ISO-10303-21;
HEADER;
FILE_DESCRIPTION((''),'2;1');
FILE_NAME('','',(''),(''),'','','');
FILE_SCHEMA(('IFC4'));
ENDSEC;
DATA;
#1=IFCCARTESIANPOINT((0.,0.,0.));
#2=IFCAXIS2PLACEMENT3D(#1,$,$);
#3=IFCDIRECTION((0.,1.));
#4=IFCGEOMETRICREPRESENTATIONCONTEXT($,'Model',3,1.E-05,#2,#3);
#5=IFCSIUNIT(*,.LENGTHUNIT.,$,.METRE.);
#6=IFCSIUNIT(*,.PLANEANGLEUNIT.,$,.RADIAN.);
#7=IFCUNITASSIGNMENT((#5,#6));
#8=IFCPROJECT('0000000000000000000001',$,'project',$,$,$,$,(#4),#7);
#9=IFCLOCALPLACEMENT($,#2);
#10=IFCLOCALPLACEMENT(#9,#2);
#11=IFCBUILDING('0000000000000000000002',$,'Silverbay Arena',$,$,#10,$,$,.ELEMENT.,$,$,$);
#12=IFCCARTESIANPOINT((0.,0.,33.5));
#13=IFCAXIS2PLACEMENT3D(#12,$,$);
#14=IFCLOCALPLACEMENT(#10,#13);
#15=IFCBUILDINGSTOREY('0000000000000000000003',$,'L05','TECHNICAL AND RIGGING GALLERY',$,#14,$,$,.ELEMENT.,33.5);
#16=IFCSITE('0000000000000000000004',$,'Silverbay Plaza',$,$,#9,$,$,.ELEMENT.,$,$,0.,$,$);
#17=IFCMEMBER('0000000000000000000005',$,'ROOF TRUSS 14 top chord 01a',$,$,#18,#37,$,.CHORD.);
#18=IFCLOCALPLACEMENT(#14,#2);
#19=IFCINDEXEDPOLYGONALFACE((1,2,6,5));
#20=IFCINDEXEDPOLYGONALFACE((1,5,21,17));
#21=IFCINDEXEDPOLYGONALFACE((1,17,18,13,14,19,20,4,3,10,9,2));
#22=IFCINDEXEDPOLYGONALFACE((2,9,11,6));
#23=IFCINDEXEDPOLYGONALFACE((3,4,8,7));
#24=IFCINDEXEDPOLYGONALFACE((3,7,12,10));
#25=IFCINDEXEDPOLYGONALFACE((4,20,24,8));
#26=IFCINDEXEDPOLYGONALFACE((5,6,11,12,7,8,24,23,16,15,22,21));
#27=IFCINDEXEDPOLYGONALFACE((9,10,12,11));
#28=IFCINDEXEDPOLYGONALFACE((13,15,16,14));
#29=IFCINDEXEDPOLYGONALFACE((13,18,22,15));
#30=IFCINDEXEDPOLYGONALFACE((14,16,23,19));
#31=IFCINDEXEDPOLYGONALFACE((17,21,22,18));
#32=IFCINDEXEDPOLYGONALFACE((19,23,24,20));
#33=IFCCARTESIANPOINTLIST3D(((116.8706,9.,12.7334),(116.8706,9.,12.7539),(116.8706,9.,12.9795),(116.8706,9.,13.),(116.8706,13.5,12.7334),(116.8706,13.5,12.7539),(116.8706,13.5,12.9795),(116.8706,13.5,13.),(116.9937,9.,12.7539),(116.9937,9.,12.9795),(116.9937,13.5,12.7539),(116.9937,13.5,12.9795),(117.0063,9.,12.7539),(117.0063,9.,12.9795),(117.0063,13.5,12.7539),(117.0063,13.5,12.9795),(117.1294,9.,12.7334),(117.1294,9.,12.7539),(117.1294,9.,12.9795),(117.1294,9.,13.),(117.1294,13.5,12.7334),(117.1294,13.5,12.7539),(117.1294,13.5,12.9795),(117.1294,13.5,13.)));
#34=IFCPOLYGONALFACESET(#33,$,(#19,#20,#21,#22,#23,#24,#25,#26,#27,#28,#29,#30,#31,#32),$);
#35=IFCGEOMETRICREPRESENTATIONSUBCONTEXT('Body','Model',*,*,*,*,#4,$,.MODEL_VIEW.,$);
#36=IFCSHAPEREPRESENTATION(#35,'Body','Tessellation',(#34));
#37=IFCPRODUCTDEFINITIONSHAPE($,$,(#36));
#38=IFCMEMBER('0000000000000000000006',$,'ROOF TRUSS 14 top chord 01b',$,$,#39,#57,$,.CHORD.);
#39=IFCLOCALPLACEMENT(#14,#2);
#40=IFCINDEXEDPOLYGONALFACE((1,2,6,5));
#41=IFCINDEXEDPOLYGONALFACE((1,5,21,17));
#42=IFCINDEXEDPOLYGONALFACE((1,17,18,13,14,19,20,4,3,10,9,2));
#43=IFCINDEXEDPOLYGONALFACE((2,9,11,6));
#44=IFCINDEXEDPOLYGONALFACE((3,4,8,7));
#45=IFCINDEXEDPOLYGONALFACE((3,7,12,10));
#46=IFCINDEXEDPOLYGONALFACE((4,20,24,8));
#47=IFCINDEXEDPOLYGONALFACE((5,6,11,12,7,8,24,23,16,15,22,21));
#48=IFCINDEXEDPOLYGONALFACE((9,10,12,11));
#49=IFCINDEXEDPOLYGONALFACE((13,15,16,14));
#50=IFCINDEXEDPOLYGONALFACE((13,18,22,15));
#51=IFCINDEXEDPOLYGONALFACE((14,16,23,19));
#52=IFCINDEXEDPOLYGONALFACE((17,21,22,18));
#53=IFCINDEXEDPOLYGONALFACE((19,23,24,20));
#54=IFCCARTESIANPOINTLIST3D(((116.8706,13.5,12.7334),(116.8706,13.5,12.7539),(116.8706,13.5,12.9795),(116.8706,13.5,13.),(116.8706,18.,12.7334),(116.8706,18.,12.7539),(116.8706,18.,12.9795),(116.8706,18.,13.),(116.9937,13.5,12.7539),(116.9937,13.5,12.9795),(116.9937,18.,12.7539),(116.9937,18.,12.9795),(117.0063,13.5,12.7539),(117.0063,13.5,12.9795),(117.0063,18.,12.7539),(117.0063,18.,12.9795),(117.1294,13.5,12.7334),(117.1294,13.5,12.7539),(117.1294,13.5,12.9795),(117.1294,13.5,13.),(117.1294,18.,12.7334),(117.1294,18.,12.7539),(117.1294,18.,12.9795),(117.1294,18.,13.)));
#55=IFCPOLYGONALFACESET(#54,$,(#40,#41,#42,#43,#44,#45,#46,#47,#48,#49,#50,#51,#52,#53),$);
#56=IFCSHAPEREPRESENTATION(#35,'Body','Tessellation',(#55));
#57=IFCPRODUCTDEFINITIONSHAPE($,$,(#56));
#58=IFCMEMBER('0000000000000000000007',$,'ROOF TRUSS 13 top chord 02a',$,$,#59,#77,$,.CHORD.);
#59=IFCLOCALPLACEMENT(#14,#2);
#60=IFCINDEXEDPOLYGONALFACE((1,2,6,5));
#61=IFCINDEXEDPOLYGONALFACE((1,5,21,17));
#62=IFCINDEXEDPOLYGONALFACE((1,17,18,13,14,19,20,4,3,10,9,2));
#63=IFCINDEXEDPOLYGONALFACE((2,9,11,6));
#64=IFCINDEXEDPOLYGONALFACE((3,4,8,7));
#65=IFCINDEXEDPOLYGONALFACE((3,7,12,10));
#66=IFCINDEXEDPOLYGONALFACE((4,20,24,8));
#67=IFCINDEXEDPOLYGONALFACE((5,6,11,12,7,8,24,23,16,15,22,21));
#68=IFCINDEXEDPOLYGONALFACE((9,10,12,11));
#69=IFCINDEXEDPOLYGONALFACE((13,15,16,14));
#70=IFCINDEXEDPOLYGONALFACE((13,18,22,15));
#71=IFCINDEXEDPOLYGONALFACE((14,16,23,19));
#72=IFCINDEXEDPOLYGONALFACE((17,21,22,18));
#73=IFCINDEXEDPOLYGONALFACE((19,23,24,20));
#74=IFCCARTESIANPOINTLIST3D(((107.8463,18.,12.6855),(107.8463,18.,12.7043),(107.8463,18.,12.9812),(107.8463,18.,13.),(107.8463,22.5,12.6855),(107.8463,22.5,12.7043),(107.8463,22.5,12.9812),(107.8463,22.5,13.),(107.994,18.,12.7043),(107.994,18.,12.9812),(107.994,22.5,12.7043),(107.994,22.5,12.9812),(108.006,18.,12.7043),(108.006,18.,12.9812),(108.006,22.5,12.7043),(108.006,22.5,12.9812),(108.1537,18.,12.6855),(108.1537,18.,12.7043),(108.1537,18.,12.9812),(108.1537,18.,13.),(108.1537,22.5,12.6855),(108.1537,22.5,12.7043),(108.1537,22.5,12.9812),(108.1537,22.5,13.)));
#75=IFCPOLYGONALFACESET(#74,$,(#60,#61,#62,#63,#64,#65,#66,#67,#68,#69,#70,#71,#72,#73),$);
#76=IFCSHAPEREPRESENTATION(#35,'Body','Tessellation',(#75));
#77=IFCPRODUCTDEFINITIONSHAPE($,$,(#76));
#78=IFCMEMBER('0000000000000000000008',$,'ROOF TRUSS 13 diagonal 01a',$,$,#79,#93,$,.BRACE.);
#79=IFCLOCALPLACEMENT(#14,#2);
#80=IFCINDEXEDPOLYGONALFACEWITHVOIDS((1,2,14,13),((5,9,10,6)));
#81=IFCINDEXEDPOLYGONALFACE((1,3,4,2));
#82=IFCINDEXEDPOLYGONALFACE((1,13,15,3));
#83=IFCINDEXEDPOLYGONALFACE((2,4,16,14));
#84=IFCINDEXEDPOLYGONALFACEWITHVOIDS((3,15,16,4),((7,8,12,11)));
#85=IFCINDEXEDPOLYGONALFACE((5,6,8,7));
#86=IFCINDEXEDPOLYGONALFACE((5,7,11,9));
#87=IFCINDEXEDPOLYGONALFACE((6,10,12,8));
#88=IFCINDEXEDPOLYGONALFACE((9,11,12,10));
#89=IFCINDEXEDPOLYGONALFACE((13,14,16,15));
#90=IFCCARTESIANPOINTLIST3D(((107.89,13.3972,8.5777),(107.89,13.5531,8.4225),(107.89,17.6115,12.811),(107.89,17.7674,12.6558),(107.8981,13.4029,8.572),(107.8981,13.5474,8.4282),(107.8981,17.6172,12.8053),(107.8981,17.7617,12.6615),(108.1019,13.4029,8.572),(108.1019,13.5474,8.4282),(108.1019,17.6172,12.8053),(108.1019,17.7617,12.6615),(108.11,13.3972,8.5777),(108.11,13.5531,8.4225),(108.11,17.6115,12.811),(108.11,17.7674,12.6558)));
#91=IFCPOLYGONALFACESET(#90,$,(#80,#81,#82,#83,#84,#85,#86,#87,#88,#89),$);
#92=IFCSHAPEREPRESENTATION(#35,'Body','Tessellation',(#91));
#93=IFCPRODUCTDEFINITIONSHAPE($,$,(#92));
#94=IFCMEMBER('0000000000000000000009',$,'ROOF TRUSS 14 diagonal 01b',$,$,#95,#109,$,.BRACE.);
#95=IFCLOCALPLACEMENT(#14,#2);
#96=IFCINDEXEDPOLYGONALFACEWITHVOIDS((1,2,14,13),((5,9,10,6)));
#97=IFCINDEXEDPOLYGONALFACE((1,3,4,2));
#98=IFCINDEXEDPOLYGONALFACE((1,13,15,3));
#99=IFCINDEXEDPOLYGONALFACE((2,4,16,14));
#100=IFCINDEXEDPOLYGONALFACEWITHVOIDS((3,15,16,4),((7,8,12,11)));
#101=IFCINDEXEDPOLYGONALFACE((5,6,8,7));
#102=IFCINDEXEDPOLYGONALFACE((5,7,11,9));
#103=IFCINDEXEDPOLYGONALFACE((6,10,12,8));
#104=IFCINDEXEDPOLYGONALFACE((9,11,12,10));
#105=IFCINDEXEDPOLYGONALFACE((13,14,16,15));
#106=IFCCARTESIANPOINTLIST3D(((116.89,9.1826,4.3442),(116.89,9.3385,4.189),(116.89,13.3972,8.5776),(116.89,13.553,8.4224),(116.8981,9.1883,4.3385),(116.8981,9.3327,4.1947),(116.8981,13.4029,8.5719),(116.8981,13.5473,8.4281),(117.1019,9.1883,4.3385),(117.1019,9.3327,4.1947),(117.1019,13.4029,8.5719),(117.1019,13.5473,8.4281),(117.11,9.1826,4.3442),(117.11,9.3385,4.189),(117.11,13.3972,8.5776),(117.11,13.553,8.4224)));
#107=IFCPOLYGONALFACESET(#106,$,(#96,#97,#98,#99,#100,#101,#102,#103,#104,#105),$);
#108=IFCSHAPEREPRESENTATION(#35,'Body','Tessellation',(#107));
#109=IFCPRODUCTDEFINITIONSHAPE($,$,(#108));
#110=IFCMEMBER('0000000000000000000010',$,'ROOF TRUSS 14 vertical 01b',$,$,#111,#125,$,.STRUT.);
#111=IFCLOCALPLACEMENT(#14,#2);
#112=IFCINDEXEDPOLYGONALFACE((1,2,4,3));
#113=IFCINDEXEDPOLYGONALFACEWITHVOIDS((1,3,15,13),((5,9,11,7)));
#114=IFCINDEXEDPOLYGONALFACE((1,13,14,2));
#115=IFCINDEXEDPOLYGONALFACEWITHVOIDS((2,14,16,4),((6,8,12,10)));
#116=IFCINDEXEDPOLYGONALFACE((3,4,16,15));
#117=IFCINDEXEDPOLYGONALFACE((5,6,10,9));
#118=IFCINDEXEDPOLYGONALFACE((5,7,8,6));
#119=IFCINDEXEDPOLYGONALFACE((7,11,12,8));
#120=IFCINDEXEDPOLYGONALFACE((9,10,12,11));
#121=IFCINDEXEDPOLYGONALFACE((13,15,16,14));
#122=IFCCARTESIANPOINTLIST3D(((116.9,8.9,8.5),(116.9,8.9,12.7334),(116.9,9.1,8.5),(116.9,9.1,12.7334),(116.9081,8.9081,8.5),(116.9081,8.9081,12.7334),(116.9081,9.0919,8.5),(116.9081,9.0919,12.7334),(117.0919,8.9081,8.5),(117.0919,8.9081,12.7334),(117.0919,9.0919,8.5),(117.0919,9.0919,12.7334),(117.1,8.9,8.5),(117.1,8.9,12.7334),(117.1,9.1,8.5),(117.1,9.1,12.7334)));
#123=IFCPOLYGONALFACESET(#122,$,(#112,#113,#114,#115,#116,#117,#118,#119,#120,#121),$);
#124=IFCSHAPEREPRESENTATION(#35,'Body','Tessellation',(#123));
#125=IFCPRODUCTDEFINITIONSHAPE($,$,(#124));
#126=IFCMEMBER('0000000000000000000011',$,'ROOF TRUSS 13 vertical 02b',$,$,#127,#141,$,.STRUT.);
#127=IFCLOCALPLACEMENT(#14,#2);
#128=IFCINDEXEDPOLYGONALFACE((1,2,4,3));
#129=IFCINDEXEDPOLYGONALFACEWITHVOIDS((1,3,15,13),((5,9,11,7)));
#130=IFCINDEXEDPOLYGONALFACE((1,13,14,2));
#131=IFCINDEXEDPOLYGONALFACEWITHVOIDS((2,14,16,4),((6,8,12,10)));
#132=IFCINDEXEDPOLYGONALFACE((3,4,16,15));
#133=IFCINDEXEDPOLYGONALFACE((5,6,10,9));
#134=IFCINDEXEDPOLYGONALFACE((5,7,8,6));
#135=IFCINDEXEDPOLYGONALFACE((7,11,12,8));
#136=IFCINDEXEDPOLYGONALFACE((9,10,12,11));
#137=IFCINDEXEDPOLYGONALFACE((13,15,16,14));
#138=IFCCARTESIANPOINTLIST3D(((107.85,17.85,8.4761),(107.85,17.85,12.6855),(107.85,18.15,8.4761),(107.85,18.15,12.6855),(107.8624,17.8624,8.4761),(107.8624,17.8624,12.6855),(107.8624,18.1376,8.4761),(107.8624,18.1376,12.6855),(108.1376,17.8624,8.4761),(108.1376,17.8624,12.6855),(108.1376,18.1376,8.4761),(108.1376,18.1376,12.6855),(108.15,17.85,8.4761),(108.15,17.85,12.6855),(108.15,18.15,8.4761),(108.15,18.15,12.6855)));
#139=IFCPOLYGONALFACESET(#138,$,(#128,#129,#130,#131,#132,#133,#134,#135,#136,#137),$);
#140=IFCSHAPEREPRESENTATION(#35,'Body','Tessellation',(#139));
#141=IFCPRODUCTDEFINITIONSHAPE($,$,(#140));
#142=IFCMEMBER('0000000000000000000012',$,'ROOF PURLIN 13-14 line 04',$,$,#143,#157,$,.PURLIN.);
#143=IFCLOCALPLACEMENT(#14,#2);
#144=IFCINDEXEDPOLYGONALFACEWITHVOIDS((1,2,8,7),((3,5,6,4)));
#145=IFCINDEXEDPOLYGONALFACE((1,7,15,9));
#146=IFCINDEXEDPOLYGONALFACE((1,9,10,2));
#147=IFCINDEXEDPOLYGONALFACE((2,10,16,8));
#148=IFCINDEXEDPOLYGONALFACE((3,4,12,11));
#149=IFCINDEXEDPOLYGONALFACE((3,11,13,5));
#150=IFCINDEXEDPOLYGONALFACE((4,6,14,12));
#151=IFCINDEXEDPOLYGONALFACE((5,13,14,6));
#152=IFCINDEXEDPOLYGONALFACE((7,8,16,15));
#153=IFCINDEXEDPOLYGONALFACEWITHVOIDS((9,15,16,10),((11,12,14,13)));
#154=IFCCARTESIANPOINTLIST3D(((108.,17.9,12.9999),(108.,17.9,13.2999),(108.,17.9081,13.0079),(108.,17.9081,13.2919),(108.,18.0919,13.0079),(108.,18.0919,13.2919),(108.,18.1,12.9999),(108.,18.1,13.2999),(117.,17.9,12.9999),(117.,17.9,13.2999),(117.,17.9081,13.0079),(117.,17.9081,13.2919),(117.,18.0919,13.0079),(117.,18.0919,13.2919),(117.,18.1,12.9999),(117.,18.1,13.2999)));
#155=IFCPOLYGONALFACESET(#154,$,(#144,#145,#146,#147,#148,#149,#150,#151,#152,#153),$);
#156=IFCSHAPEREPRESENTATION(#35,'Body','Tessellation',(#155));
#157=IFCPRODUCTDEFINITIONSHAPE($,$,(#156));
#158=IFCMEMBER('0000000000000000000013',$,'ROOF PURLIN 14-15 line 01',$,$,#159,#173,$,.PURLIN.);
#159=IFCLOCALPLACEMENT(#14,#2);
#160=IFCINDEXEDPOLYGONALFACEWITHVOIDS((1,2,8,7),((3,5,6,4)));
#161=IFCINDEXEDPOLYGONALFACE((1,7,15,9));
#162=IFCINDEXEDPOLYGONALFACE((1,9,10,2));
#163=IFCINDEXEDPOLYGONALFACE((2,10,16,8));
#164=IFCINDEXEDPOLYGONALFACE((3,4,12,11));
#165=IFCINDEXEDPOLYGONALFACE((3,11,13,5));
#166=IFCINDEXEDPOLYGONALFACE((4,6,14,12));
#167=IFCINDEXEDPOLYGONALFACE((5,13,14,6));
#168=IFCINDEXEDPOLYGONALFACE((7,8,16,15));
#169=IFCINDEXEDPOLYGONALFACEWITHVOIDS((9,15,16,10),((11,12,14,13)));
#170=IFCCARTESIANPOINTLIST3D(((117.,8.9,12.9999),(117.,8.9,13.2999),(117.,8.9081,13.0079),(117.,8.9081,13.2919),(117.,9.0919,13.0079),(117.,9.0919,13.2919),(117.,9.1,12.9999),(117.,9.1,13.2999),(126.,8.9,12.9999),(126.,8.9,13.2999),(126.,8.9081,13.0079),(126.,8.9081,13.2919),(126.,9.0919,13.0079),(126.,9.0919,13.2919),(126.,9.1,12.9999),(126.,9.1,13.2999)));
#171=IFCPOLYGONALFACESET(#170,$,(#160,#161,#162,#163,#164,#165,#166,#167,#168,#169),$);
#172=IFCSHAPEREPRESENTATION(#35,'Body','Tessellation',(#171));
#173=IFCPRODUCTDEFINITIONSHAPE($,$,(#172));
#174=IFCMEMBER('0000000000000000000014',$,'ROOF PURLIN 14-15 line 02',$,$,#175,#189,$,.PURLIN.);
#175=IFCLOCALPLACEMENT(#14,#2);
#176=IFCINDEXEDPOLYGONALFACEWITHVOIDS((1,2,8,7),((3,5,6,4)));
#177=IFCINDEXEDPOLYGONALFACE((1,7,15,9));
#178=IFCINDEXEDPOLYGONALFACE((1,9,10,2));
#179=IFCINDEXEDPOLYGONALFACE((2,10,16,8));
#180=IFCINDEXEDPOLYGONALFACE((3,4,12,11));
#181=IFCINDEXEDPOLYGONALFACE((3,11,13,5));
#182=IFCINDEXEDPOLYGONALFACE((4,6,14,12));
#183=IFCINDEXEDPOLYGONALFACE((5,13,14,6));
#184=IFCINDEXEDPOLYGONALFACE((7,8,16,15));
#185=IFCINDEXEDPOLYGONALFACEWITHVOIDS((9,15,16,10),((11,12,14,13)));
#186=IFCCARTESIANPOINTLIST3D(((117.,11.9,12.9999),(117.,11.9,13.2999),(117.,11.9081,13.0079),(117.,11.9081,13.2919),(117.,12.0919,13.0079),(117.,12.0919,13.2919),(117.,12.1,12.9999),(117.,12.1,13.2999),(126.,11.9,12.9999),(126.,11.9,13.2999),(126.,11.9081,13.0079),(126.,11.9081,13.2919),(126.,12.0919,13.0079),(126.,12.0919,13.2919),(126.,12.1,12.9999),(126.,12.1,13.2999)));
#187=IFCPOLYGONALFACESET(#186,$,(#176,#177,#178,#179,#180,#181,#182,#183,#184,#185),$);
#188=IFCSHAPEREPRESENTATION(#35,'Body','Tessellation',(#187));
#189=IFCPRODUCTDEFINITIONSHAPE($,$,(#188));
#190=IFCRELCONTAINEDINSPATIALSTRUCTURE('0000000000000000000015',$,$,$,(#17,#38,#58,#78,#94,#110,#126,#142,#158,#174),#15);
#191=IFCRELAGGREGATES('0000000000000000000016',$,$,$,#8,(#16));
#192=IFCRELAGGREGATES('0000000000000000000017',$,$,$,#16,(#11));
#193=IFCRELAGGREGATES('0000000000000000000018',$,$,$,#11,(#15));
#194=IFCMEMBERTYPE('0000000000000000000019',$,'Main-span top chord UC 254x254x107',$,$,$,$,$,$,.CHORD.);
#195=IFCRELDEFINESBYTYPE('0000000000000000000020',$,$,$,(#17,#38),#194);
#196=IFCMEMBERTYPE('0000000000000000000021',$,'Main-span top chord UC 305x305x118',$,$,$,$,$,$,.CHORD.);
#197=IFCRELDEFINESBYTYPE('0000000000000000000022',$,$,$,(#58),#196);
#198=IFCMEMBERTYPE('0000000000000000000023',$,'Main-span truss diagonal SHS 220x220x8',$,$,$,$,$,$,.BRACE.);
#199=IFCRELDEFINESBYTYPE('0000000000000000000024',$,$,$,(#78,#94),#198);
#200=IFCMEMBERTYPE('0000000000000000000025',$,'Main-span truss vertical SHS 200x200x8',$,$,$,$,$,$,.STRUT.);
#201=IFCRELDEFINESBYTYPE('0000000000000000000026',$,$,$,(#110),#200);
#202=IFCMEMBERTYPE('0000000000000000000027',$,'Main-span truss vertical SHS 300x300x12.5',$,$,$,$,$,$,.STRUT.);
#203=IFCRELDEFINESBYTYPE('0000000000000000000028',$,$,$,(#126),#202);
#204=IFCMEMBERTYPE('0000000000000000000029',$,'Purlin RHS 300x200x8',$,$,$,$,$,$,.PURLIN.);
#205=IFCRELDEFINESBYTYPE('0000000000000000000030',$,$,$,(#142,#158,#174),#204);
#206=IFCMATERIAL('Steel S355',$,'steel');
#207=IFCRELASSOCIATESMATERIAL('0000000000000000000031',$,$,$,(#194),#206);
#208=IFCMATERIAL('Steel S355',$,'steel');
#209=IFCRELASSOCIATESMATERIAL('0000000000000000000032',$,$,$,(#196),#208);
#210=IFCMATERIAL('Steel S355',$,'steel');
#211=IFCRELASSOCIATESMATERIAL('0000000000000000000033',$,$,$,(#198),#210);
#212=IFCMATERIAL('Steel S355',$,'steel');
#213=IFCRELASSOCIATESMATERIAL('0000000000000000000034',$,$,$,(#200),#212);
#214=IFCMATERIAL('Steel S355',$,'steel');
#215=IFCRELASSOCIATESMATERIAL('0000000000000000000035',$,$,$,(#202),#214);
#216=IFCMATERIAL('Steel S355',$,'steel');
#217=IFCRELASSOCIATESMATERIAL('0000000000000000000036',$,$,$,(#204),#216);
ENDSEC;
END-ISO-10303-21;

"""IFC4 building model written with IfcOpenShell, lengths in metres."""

from ifc_helpers import new_model, si_unit, direction, frame, origin, origin_2d, place, context, subcontext, project, spatial, hollow_rectangle, i_section, extrude, material, material_profile, profile_set, type_object, element, save


model = new_model("IFC4")

# Units and contexts
model_context = context("Model", 3, precision=1e-05, world=origin(), true_north=direction((0.0, 1.0)))
body_context = subcontext(model_context, "Body", "Model", "MODEL_VIEW")
ifc_project = project(units=[si_unit("LENGTHUNIT", "METRE"), si_unit("PLANEANGLEUNIT", "RADIAN")], contexts=[model_context])

# Site, building, storey
site_placement = place(None, origin())
site = spatial("IfcSite", under=ifc_project, at=site_placement, Name="Silverbay Plaza", CompositionType="ELEMENT", RefElevation=0.0)
building_placement = place(site_placement, origin())
building = spatial("IfcBuilding", under=site, at=building_placement, Name="Silverbay Arena", CompositionType="ELEMENT")
storey_placement = place(building_placement, frame((0.0, 0.0, 33.5)))
storey = spatial("IfcBuildingStorey", under=building, at=storey_placement, Name="L05", Description="TECHNICAL AND RIGGING GALLERY", CompositionType="ELEMENT", Elevation=33.5)

# Members
ifc_material_1 = material(Name="Steel S355", Category="steel")
ifc_material_profile_1 = material_profile(ifc_material_1, i_section(OverallWidth=0.2588, OverallDepth=0.2666, WebThickness=0.0127, FlangeThickness=0.0205, at=origin_2d()), Name="UC 254x254x107")
ifc_profile_set_1 = profile_set([ifc_material_profile_1], Name="Steel S355")
member_type_1 = type_object("IfcMemberType", Name="Main-span top chord UC 254x254x107", PredefinedType="CHORD", material=ifc_profile_set_1)
for number, where, z_axis, x_axis, name in (
    (1, (117.0, 9.0, 12.8667), (0.0, 1.0, 0.0), (-1.0, 0.0, 0.0), "ROOF TRUSS 14 top chord 01a"),
    (2, (117.0, 13.5, 12.8667), (0.0, 1.0, 0.0), (-1.0, 0.0, 0.0), "ROOF TRUSS 14 top chord 01b"),
):
    element("IfcMember", number, at=place(storey_placement, frame(where, z_axis=z_axis, x_axis=x_axis)), inside=storey, type_object=member_type_1, Name=name, PredefinedType="CHORD", context=body_context, shape_type="SweptSolid", body=[
        extrude(i_section(OverallWidth=0.2588, OverallDepth=0.2666, WebThickness=0.0127, FlangeThickness=0.0205, at=origin_2d()), origin(), (0.0, 0.0, 1.0), 4.5),
    ])
ifc_material_2 = material(Name="Steel S355", Category="steel")
ifc_material_profile_2 = material_profile(ifc_material_2, i_section(OverallWidth=0.3074, OverallDepth=0.3145, WebThickness=0.012, FlangeThickness=0.0188, at=origin_2d()), Name="UC 305x305x118")
ifc_profile_set_2 = profile_set([ifc_material_profile_2], Name="Steel S355")
member_type_2 = type_object("IfcMemberType", Name="Main-span top chord UC 305x305x118", PredefinedType="CHORD", material=ifc_profile_set_2)
member_1_placement = place(storey_placement, frame((108.0, 18.0, 12.8428), z_axis=(0.0, 1.0, 0.0), x_axis=(-1.0, 0.0, 0.0)))
element("IfcMember", 3, at=member_1_placement, inside=storey, type_object=member_type_2, Name="ROOF TRUSS 13 top chord 02a", PredefinedType="CHORD", context=body_context, shape_type="SweptSolid", body=[
    extrude(i_section(OverallWidth=0.3074, OverallDepth=0.3145, WebThickness=0.012, FlangeThickness=0.0188, at=origin_2d()), origin(), (0.0, 0.0, 1.0), 4.5),
])
ifc_material_3 = material(Name="Steel S355", Category="steel")
ifc_material_profile_3 = material_profile(ifc_material_3, hollow_rectangle(XDim=0.22, YDim=0.22, WallThickness=0.0081, at=origin_2d()), Name="SHS 220x220x8")
ifc_profile_set_3 = profile_set([ifc_material_profile_3], Name="Steel S355")
member_type_3 = type_object("IfcMemberType", Name="Main-span truss diagonal SHS 220x220x8", PredefinedType="BRACE", material=ifc_profile_set_3)
member_2_placement = place(storey_placement, frame((108.0, 17.6895, 12.7334), z_axis=(0.0, -0.705511, -0.708699), x_axis=(1.0, 0.0, 0.0)))
element("IfcMember", 4, at=member_2_placement, inside=storey, type_object=member_type_3, Name="ROOF TRUSS 13 diagonal 01a", PredefinedType="BRACE", context=body_context, shape_type="SweptSolid", body=[
    extrude(hollow_rectangle(XDim=0.22, YDim=0.22, WallThickness=0.0081, at=origin_2d()), origin(), (0.0, 0.0, 1.0), 5.9734),
])
member_3_placement = place(storey_placement, frame((117.0, 13.4751, 8.5), z_axis=(0.0, -0.705532, -0.708679), x_axis=(1.0, 0.0, 0.0)))
element("IfcMember", 5, at=member_3_placement, inside=storey, type_object=member_type_3, Name="ROOF TRUSS 14 diagonal 01b", PredefinedType="BRACE", context=body_context, shape_type="SweptSolid", body=[
    extrude(hollow_rectangle(XDim=0.22, YDim=0.22, WallThickness=0.0081, at=origin_2d()), origin(), (0.0, 0.0, 1.0), 5.9736),
])
ifc_material_4 = material(Name="Steel S355", Category="steel")
ifc_material_profile_4 = material_profile(ifc_material_4, hollow_rectangle(XDim=0.2, YDim=0.2, WallThickness=0.0081, at=origin_2d()), Name="SHS 200x200x8")
ifc_profile_set_4 = profile_set([ifc_material_profile_4], Name="Steel S355")
member_type_4 = type_object("IfcMemberType", Name="Main-span truss vertical SHS 200x200x8", PredefinedType="STRUT", material=ifc_profile_set_4)
member_4_placement = place(storey_placement, frame((117.0, 9.0, 8.5), z_axis=(0.0, 0.0, 1.0), x_axis=(1.0, 0.0, 0.0)))
element("IfcMember", 6, at=member_4_placement, inside=storey, type_object=member_type_4, Name="ROOF TRUSS 14 vertical 01b", PredefinedType="STRUT", context=body_context, shape_type="SweptSolid", body=[
    extrude(hollow_rectangle(XDim=0.2, YDim=0.2, WallThickness=0.0081, at=origin_2d()), origin(), (0.0, 0.0, 1.0), 4.2334),
])
ifc_material_5 = material(Name="Steel S355", Category="steel")
ifc_material_profile_5 = material_profile(ifc_material_5, hollow_rectangle(XDim=0.3, YDim=0.3, WallThickness=0.0125, at=origin_2d()), Name="SHS 300x300x12.5")
ifc_profile_set_5 = profile_set([ifc_material_profile_5], Name="Steel S355")
member_type_5 = type_object("IfcMemberType", Name="Main-span truss vertical SHS 300x300x12.5", PredefinedType="STRUT", material=ifc_profile_set_5)
member_5_placement = place(storey_placement, frame((108.0, 18.0, 8.4761), z_axis=(0.0, 0.0, 1.0), x_axis=(1.0, 0.0, 0.0)))
element("IfcMember", 7, at=member_5_placement, inside=storey, type_object=member_type_5, Name="ROOF TRUSS 13 vertical 02b", PredefinedType="STRUT", context=body_context, shape_type="SweptSolid", body=[
    extrude(hollow_rectangle(XDim=0.3, YDim=0.3, WallThickness=0.0125, at=origin_2d()), origin(), (0.0, 0.0, 1.0), 4.2095),
])
ifc_material_6 = material(Name="Steel S355", Category="steel")
ifc_material_profile_6 = material_profile(ifc_material_6, hollow_rectangle(XDim=0.2, YDim=0.3, WallThickness=0.0081, at=origin_2d()), Name="RHS 300x200x8")
ifc_profile_set_6 = profile_set([ifc_material_profile_6], Name="Steel S355")
member_type_6 = type_object("IfcMemberType", Name="Purlin RHS 300x200x8", PredefinedType="PURLIN", material=ifc_profile_set_6)
for number, where, z_axis, x_axis, name in (
    (8, (108.0, 18.0, 13.1499), (1.0, 0.0, 0.0), (0.0, 1.0, 0.0), "ROOF PURLIN 13-14 line 04"),
    (9, (117.0, 9.0, 13.1499), (1.0, 0.0, 0.0), (0.0, 1.0, 0.0), "ROOF PURLIN 14-15 line 01"),
    (10, (117.0, 12.0, 13.1499), (1.0, 0.0, 0.0), (0.0, 1.0, 0.0), "ROOF PURLIN 14-15 line 02"),
):
    element("IfcMember", number, at=place(storey_placement, frame(where, z_axis=z_axis, x_axis=x_axis)), inside=storey, type_object=member_type_6, Name=name, PredefinedType="PURLIN", context=body_context, shape_type="SweptSolid", body=[
        extrude(hollow_rectangle(XDim=0.2, YDim=0.3, WallThickness=0.0081, at=origin_2d()), origin(), (0.0, 0.0, 1.0), 9.0),
    ])

save(model, "model.ifc")
